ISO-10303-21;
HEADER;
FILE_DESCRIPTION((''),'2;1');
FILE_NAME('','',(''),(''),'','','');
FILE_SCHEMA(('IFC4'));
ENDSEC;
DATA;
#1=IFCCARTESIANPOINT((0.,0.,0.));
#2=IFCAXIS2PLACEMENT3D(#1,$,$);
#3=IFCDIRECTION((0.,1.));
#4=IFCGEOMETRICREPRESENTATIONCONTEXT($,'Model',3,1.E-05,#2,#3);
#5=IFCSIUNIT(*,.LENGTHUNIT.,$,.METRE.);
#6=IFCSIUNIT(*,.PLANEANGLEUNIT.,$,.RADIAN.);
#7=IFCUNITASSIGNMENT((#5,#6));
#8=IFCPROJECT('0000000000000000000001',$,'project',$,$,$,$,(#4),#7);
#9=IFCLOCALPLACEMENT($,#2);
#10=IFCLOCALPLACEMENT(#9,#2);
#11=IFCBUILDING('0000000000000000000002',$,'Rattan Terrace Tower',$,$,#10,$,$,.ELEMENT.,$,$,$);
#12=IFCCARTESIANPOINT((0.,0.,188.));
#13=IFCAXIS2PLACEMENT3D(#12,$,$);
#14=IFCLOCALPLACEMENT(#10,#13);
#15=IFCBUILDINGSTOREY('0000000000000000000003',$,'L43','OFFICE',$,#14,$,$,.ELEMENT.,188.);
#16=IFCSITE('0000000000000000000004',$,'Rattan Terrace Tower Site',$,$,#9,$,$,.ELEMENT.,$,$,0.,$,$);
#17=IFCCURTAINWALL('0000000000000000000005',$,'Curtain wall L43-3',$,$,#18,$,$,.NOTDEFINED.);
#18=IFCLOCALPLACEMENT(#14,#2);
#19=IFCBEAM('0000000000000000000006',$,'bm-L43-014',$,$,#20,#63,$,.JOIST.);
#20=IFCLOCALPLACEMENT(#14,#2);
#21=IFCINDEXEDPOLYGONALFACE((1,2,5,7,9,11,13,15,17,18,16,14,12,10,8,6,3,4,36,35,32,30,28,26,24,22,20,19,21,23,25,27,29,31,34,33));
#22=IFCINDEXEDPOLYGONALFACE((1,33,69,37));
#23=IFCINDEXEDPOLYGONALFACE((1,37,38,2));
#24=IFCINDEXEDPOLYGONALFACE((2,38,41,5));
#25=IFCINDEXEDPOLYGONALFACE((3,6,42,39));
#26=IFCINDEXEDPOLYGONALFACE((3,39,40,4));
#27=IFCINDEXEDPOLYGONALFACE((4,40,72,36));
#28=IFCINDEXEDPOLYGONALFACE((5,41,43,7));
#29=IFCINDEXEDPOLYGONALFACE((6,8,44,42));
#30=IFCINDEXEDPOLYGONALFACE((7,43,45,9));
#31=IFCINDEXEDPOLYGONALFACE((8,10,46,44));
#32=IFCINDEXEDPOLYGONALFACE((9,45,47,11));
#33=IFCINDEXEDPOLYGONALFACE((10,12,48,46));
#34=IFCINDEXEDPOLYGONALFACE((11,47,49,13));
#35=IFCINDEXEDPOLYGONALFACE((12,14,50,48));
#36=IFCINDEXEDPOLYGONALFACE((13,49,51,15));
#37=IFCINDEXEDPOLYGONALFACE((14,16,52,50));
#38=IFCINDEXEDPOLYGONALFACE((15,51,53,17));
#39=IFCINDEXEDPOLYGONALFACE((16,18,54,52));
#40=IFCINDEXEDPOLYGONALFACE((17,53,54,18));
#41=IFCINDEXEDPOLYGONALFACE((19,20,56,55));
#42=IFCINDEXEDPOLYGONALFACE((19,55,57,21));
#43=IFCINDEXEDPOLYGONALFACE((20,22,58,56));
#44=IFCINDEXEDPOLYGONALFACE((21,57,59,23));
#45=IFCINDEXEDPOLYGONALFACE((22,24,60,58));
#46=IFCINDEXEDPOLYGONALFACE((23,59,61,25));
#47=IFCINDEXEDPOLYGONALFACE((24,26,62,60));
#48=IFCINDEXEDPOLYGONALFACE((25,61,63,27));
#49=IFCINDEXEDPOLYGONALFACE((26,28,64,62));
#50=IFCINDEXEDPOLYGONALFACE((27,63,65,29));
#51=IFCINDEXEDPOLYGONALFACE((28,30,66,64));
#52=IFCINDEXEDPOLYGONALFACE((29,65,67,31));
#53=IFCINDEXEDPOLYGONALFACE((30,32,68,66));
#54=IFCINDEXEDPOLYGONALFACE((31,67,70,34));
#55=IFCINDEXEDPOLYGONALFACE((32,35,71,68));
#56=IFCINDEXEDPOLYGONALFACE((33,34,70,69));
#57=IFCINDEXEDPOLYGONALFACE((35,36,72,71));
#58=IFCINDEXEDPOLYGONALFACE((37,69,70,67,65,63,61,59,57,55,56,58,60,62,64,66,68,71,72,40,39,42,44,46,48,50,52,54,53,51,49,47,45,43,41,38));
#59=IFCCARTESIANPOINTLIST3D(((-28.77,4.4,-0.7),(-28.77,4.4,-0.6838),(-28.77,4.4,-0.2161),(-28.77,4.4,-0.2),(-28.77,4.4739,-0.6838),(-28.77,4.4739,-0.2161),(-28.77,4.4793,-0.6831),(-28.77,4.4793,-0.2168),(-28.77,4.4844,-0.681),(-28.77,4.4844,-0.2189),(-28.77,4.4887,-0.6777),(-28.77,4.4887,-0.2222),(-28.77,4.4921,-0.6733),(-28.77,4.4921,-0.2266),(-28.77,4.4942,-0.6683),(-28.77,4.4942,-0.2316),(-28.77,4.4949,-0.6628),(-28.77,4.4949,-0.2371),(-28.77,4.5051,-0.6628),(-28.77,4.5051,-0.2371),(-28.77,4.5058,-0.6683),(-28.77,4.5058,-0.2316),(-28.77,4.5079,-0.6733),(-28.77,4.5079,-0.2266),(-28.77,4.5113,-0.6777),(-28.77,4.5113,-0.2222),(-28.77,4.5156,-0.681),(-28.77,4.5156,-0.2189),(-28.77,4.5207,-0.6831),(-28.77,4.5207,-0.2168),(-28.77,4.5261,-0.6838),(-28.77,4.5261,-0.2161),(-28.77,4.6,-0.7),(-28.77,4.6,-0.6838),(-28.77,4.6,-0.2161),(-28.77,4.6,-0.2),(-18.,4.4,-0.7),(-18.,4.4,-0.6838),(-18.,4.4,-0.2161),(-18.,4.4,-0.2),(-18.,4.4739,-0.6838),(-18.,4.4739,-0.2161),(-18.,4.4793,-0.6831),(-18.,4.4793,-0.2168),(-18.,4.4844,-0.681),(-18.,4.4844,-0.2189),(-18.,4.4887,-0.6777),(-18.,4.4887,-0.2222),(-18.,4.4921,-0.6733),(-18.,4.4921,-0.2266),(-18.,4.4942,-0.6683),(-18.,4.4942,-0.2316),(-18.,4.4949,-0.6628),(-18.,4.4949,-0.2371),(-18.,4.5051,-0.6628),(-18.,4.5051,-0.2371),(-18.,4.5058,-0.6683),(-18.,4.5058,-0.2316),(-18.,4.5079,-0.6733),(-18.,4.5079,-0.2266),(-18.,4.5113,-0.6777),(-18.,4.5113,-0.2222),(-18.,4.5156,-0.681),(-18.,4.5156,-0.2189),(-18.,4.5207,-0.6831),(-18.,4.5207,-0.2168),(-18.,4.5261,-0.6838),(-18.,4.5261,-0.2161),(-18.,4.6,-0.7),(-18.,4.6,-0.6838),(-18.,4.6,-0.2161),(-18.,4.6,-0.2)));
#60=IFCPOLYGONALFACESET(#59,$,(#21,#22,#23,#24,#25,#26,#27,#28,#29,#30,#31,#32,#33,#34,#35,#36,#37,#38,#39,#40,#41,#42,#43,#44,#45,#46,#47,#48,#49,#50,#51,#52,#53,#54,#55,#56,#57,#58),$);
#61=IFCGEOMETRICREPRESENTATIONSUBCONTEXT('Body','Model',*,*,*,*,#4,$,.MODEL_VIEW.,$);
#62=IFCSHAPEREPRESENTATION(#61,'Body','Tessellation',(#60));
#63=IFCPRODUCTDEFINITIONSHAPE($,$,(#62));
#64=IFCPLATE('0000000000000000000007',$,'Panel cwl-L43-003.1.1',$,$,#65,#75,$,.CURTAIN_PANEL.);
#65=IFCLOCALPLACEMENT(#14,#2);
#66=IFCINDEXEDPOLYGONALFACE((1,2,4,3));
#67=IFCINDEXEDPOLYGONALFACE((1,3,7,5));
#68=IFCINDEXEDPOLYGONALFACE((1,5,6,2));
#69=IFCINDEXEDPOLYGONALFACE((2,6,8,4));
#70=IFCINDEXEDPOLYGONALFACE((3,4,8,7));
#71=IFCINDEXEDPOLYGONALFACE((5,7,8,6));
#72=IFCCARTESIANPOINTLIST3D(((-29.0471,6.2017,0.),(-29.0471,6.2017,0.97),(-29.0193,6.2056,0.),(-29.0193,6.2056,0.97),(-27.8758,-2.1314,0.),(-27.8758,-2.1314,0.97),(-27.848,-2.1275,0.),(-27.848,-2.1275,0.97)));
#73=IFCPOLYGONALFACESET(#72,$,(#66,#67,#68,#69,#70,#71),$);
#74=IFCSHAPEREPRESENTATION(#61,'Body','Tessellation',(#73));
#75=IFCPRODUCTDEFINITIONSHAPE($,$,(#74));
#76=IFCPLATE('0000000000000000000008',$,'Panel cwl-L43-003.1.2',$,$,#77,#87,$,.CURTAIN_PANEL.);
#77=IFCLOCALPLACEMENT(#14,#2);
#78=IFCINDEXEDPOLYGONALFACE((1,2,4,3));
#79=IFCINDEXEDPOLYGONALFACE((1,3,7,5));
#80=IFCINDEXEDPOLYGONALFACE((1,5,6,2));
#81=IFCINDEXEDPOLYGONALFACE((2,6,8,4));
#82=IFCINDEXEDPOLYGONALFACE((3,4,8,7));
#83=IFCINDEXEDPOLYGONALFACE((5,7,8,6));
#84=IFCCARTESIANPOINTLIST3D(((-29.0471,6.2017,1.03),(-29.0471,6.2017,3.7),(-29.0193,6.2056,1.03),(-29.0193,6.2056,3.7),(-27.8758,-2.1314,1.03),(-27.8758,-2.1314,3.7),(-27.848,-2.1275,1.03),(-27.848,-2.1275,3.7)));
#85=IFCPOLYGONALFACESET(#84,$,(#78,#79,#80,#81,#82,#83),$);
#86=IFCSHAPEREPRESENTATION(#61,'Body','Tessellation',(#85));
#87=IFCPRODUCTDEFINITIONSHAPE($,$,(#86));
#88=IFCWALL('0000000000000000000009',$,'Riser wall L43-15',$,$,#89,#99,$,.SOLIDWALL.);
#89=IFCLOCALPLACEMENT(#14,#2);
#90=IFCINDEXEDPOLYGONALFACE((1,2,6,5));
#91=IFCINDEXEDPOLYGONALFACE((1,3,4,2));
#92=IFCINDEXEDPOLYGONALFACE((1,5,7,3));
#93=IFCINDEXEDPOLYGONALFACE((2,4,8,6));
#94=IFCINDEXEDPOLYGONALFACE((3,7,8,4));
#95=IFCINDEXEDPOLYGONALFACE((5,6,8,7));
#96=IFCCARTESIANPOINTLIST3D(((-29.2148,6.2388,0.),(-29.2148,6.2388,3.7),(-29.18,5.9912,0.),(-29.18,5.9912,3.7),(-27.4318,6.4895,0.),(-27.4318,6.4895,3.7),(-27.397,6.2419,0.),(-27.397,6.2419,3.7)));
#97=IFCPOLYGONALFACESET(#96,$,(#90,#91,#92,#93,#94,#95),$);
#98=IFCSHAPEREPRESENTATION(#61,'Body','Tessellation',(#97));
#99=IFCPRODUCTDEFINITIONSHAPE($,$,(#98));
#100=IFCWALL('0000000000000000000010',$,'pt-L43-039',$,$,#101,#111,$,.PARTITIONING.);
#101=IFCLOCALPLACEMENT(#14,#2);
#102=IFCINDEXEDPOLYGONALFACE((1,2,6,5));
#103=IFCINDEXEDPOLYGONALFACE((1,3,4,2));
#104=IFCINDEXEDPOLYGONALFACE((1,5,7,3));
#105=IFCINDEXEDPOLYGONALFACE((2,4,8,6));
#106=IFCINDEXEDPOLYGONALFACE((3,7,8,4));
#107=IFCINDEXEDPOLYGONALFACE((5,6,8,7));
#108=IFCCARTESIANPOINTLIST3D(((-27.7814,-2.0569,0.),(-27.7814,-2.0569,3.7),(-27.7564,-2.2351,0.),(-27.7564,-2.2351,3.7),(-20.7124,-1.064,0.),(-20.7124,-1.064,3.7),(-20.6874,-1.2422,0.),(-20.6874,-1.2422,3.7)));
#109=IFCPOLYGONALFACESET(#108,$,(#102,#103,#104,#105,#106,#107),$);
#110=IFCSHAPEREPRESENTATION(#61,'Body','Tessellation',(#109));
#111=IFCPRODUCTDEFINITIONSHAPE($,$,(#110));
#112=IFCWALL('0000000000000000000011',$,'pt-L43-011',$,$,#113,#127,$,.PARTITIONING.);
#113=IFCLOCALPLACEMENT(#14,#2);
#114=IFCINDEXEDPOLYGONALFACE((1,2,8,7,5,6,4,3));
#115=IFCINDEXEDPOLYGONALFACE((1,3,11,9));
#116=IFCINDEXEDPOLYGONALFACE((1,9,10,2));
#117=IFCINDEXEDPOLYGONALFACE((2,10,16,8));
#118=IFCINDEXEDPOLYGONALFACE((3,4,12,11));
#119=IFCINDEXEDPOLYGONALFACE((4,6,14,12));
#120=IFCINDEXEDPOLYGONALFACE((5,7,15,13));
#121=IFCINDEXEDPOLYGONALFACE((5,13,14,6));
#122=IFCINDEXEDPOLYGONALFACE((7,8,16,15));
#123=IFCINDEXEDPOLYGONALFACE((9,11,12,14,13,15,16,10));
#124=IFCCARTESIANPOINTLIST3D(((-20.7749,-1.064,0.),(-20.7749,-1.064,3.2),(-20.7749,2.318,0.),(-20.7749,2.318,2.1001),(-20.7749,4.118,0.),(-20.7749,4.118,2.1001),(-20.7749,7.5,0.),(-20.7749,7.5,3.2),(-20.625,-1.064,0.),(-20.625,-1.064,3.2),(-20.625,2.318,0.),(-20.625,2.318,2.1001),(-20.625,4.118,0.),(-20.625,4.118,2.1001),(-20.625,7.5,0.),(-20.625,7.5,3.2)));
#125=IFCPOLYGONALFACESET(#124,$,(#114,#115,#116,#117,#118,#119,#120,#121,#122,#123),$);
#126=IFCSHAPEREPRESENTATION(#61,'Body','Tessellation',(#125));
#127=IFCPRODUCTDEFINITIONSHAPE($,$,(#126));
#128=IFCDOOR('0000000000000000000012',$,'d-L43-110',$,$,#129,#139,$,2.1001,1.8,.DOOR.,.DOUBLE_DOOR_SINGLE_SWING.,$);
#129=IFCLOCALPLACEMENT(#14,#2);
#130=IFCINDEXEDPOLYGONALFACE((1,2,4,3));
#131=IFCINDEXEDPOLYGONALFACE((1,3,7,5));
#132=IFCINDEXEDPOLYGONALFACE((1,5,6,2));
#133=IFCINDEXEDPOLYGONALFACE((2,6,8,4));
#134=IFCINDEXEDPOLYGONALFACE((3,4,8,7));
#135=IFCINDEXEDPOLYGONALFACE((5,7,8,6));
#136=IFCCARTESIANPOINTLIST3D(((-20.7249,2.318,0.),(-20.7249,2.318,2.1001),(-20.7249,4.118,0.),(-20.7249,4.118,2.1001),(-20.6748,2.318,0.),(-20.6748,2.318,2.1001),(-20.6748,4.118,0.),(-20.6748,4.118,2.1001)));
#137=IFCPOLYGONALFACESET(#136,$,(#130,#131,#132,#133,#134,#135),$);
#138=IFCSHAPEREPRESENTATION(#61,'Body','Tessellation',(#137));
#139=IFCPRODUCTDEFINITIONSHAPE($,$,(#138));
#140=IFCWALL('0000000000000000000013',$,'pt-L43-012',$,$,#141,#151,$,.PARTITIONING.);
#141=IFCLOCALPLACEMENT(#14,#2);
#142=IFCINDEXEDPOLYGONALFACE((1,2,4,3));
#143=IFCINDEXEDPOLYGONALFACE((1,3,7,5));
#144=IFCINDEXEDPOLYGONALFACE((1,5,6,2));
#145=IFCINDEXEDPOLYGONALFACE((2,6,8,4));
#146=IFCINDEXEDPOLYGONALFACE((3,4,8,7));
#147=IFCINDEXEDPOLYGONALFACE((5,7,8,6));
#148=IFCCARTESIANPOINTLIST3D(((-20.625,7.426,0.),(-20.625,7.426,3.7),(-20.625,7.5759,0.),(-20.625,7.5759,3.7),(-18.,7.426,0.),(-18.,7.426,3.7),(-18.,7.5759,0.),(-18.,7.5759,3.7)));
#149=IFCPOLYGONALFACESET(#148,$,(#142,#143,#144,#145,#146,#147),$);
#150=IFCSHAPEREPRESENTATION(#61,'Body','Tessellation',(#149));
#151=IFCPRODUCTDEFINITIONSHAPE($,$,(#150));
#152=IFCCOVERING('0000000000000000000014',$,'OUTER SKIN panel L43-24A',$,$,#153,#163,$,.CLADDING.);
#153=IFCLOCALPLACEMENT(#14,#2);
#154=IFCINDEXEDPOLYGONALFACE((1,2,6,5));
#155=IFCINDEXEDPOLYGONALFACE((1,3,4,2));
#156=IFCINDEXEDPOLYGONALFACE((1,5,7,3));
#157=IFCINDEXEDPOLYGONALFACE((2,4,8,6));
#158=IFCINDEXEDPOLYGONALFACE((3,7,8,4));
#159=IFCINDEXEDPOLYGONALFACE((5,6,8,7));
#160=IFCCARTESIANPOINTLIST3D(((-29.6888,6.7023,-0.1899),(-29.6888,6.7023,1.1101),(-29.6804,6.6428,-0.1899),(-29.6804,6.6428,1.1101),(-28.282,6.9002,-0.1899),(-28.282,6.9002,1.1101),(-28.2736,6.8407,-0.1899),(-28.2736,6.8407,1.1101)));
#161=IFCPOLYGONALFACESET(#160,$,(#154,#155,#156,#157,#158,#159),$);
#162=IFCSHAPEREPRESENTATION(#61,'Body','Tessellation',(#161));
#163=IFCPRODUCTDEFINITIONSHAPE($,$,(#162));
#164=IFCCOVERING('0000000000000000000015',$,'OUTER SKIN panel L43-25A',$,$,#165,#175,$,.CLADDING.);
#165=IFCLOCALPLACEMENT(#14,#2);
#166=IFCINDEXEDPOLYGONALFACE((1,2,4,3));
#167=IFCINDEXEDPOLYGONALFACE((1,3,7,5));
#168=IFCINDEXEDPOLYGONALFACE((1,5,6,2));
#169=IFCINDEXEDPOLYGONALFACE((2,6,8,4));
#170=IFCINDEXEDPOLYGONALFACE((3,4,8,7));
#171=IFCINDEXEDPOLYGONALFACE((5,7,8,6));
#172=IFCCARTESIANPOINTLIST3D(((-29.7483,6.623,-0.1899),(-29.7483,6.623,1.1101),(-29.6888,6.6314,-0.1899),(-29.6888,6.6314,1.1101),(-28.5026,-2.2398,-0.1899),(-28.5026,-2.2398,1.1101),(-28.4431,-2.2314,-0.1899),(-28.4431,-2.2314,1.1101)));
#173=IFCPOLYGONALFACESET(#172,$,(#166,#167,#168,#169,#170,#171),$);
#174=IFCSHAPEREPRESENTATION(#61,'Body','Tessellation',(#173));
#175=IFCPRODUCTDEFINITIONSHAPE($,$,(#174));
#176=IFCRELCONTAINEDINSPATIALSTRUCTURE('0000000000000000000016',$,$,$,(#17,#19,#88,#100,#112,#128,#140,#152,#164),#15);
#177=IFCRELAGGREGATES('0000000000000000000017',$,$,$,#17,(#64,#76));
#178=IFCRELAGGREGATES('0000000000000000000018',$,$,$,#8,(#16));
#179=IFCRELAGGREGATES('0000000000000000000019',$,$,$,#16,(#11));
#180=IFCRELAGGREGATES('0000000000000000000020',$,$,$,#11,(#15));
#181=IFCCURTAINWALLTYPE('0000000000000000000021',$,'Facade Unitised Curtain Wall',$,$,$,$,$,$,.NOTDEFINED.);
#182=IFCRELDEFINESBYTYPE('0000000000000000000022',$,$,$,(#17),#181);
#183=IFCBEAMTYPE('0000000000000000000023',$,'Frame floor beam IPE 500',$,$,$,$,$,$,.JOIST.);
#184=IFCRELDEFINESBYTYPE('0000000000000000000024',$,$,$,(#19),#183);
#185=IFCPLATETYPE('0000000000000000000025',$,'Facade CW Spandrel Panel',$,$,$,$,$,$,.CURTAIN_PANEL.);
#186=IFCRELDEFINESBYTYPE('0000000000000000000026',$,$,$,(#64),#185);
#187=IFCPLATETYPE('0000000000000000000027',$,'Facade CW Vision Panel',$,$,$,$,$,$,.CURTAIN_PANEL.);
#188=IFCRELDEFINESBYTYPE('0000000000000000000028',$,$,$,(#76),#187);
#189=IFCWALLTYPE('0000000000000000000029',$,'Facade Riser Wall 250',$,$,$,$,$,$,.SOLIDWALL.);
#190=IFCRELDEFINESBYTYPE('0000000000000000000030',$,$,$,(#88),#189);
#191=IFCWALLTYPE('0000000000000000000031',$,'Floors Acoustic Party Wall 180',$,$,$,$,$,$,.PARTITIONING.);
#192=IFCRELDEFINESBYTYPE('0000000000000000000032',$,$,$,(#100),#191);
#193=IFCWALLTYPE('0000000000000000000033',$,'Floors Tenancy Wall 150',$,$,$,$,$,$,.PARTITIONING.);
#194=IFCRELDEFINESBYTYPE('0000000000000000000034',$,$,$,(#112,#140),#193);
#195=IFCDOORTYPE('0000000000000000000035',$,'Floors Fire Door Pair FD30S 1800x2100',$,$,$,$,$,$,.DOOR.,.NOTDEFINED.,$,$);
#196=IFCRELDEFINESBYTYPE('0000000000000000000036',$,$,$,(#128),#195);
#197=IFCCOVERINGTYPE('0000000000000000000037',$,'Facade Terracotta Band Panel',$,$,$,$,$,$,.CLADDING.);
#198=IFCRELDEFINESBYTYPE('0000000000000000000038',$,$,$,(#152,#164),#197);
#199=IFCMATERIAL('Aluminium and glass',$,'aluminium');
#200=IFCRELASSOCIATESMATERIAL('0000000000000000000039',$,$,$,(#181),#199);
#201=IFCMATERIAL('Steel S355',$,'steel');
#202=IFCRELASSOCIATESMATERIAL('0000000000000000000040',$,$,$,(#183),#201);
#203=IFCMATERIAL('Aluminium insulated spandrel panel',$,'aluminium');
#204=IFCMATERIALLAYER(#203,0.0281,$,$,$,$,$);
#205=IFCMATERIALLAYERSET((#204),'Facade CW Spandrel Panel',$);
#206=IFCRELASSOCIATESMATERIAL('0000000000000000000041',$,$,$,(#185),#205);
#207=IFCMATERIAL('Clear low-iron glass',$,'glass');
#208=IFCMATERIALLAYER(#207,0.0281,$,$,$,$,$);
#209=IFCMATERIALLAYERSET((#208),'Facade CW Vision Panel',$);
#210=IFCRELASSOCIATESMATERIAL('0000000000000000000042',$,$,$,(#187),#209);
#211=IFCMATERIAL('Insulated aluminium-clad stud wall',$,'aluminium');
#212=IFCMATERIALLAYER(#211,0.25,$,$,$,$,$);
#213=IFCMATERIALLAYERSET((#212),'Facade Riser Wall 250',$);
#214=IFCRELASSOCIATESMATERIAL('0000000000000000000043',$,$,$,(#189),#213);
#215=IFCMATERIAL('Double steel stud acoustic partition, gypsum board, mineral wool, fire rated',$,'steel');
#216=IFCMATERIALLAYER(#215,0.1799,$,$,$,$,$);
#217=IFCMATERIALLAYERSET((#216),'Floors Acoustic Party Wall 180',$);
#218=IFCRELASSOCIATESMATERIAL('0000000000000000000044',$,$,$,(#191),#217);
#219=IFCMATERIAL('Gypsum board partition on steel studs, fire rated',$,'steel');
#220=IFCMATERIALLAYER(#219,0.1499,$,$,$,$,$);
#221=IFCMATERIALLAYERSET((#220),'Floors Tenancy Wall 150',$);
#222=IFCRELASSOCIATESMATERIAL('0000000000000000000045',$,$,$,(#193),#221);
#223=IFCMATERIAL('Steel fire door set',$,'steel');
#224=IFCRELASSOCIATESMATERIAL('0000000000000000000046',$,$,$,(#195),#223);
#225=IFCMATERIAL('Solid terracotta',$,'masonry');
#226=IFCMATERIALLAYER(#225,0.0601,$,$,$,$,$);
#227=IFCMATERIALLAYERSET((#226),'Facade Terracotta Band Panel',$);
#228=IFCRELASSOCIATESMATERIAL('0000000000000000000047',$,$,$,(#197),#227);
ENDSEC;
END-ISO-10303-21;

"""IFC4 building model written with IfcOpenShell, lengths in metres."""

from ifc_helpers import new_model, si_unit, direction, frame, frame_2d, origin, origin_2d, place, context, subcontext, project, spatial, rectangle, i_section, extrude, material, layer, layer_set, material_profile, profile_set, type_object, element, fill, aggregate, save


model = new_model("IFC4")

# Units and contexts
model_context = context("Model", 3, precision=1e-05, world=origin(), true_north=direction((0.0, 1.0)))
body_context = subcontext(model_context, "Body", "Model", "MODEL_VIEW")
ifc_project = project(units=[si_unit("LENGTHUNIT", "METRE"), si_unit("PLANEANGLEUNIT", "RADIAN")], contexts=[model_context])

# Site, building, storey
site_placement = place(None, origin())
site = spatial("IfcSite", under=ifc_project, at=site_placement, Name="Rattan Terrace Tower Site", CompositionType="ELEMENT", RefElevation=0.0)
building_placement = place(site_placement, origin())
building = spatial("IfcBuilding", under=site, at=building_placement, Name="Rattan Terrace Tower", CompositionType="ELEMENT")
storey_placement = place(building_placement, frame((0.0, 0.0, 188.0)))
storey = spatial("IfcBuildingStorey", under=building, at=storey_placement, Name="L43", Description="OFFICE", CompositionType="ELEMENT", Elevation=188.0)

# Curtain wall
ifc_material_1 = material(Name="Aluminium and glass", Category="aluminium")
curtain_wall_type = type_object("IfcCurtainWallType", Name="Facade Unitised Curtain Wall", PredefinedType="NOTDEFINED", material=ifc_material_1)
curtain_wall_placement = place(storey_placement, origin())
curtain_wall = element("IfcCurtainWall", 1, at=curtain_wall_placement, inside=storey, type_object=curtain_wall_type, Name="Curtain wall L43-3", PredefinedType="NOTDEFINED")

# Beam
ifc_material_2 = material(Name="Steel S355", Category="steel")
ifc_material_profile_1 = material_profile(ifc_material_2, i_section(OverallWidth=0.2, OverallDepth=0.5, WebThickness=0.0103, FlangeThickness=0.0161, FilletRadius=0.021, at=origin_2d()), Name="IPE 500")
ifc_profile_set_1 = profile_set([ifc_material_profile_1], Name="Steel S355")
beam_type_1 = type_object("IfcBeamType", Name="Frame floor beam IPE 500", PredefinedType="JOIST", material=ifc_profile_set_1)
beam_1_placement = place(storey_placement, frame((-28.77, 4.5, -0.45), z_axis=(1.0, 0.0, 0.0), x_axis=(0.0, 1.0, 0.0)))
element("IfcBeam", 2, at=beam_1_placement, inside=storey, type_object=beam_type_1, Name="bm-L43-014", PredefinedType="JOIST", context=body_context, shape_type="SweptSolid", body=[
    extrude(i_section(OverallWidth=0.2, OverallDepth=0.5, WebThickness=0.0103, FlangeThickness=0.0161, FilletRadius=0.021, at=origin_2d()), origin(), (0.0, 0.0, 1.0), 10.77),
])

# Plates
ifc_material_3 = material(Name="Aluminium insulated spandrel panel", Category="aluminium")
ifc_layer_1 = layer(ifc_material_3, 0.0281)
ifc_layer_set_1 = layer_set([ifc_layer_1], Name="Facade CW Spandrel Panel")
plate_type_1 = type_object("IfcPlateType", Name="Facade CW Spandrel Panel", PredefinedType="CURTAIN_PANEL", material=ifc_layer_set_1)
plate_1_placement = place(storey_placement, frame((-28.4475, 2.0371, 0.0), z_axis=(0.0, 0.0, 1.0), x_axis=(0.139191, -0.990266, 0.0)))
plate_1 = element("IfcPlate", 3, at=plate_1_placement, type_object=plate_type_1, Name="Panel cwl-L43-003.1.1", PredefinedType="CURTAIN_PANEL", context=body_context, shape_type="SweptSolid", body=[
    extrude(rectangle(XDim=8.415, YDim=0.0281, at=origin_2d()), origin(), (0.0, 0.0, 1.0), 0.97),
])
ifc_material_4 = material(Name="Clear low-iron glass", Category="glass")
ifc_layer_2 = layer(ifc_material_4, 0.0281)
ifc_layer_set_2 = layer_set([ifc_layer_2], Name="Facade CW Vision Panel")
plate_type_2 = type_object("IfcPlateType", Name="Facade CW Vision Panel", PredefinedType="CURTAIN_PANEL", material=ifc_layer_set_2)
plate_2_placement = place(storey_placement, frame((-28.4475, 2.0371, 1.03), z_axis=(0.0, 0.0, 1.0), x_axis=(0.139191, -0.990266, 0.0)))
plate_2 = element("IfcPlate", 4, at=plate_2_placement, type_object=plate_type_2, Name="Panel cwl-L43-003.1.2", PredefinedType="CURTAIN_PANEL", context=body_context, shape_type="SweptSolid", body=[
    extrude(rectangle(XDim=8.415, YDim=0.0281, at=origin_2d()), origin(), (0.0, 0.0, 1.0), 2.6699),
])
aggregate(curtain_wall, [plate_1, plate_2])

# Walls
ifc_material_5 = material(Name="Insulated aluminium-clad stud wall", Category="aluminium")
ifc_layer_3 = layer(ifc_material_5, 0.25)
ifc_layer_set_3 = layer_set([ifc_layer_3], Name="Facade Riser Wall 250")
wall_type_1 = type_object("IfcWallType", Name="Facade Riser Wall 250", PredefinedType="SOLIDWALL", material=ifc_layer_set_3)
wall_1_placement = place(storey_placement, frame((-27.4143, 6.3657, 0.0), z_axis=(0.0, 0.0, 1.0), x_axis=(-0.990256, -0.139257, 0.0)))
element("IfcWall", 5, at=wall_1_placement, inside=storey, type_object=wall_type_1, Name="Riser wall L43-15", PredefinedType="SOLIDWALL", context=body_context, shape_type="SweptSolid", body=[
    extrude(rectangle(XDim=1.8005, YDim=0.25, at=frame_2d((0.9004, 0.0))), origin(), (0.0, 0.0, 1.0), 3.7),
])
ifc_material_6 = material(Name="Double steel stud acoustic partition, gypsum board, mineral wool, fire rated", Category="steel")
ifc_layer_4 = layer(ifc_material_6, 0.1799)
ifc_layer_set_4 = layer_set([ifc_layer_4], Name="Floors Acoustic Party Wall 180")
wall_type_2 = type_object("IfcWallType", Name="Floors Acoustic Party Wall 180", PredefinedType="PARTITIONING", material=ifc_layer_set_4)
wall_2_placement = place(storey_placement, frame((-27.769, -2.146, 0.0), z_axis=(0.0, 0.0, 1.0), x_axis=(0.990279, 0.139094, 0.0)))
element("IfcWall", 6, at=wall_2_placement, inside=storey, type_object=wall_type_2, Name="pt-L43-039", PredefinedType="PARTITIONING", context=body_context, shape_type="SweptSolid", body=[
    extrude(rectangle(XDim=7.1384, YDim=0.1799, at=frame_2d((3.5693, 0.0))), origin(), (0.0, 0.0, 1.0), 3.7),
])

# Wall, opening, door
ifc_material_7 = material(Name="Gypsum board partition on steel studs, fire rated", Category="steel")
ifc_layer_5 = layer(ifc_material_7, 0.1499)
ifc_layer_set_5 = layer_set([ifc_layer_5], Name="Floors Tenancy Wall 150")
wall_type_3 = type_object("IfcWallType", Name="Floors Tenancy Wall 150", PredefinedType="PARTITIONING", material=ifc_layer_set_5)
wall_3_placement = place(storey_placement, frame((-20.7, -1.064, 0.0), z_axis=(0.0, 0.0, 1.0), x_axis=(0.0, 1.0, 0.0)))
wall_3 = element("IfcWall", 7, at=wall_3_placement, inside=storey, type_object=wall_type_3, Name="pt-L43-011", PredefinedType="PARTITIONING", context=body_context, shape_type="SweptSolid", body=[
    extrude(rectangle(XDim=8.564, YDim=0.1499, at=frame_2d((4.282, 0.0))), origin(), (0.0, 0.0, 1.0), 3.2),
])
opening_placement = place(wall_3_placement, frame((3.3821, 0.0, 0.0)))
opening = element("IfcOpeningElement", 8, at=opening_placement, cuts=wall_3, PredefinedType="OPENING", context=body_context, shape_type="SweptSolid", body=[
    extrude(rectangle(XDim=1.8, YDim=2.1001, at=frame_2d((0.8999, 1.05))), frame((0.0, 0.0854, 0.0), z_axis=(0.0, -1.0, 0.0), x_axis=(1.0, 0.0, 0.0)), (0.0, 0.0, 1.0), 0.1709),
])
ifc_material_8 = material(Name="Steel fire door set", Category="steel")
door_type = type_object("IfcDoorType", Name="Floors Fire Door Pair FD30S 1800x2100", OperationType="NOTDEFINED", PredefinedType="DOOR", material=ifc_material_8)
door_placement = place(opening_placement, origin())
door = element("IfcDoor", 9, at=door_placement, inside=storey, type_object=door_type, Name="d-L43-110", OperationType="DOUBLE_DOOR_SINGLE_SWING", OverallHeight=2.1001, OverallWidth=1.8, PredefinedType="DOOR", context=body_context, shape_type="SweptSolid", body=[
    extrude(rectangle(XDim=1.8, YDim=2.1001, at=frame_2d((0.8999, 1.05))), frame((0.0, 0.0249, 0.0), z_axis=(0.0, -1.0, 0.0), x_axis=(1.0, 0.0, 0.0)), (0.0, 0.0, 1.0), 0.05),
])
fill(opening, door)

# Wall
wall_4_placement = place(storey_placement, frame((-20.625, 7.501, 0.0), z_axis=(0.0, 0.0, 1.0), x_axis=(1.0, 0.0, 0.0)))
element("IfcWall", 10, at=wall_4_placement, inside=storey, type_object=wall_type_3, Name="pt-L43-012", PredefinedType="PARTITIONING", context=body_context, shape_type="SweptSolid", body=[
    extrude(rectangle(XDim=2.625, YDim=0.1499, at=frame_2d((1.3125, 0.0))), origin(), (0.0, 0.0, 1.0), 3.7),
])

# Coverings
ifc_material_9 = material(Name="Solid terracotta", Category="masonry")
ifc_layer_6 = layer(ifc_material_9, 0.0601)
ifc_layer_set_6 = layer_set([ifc_layer_6], Name="Facade Terracotta Band Panel")
covering_type_1 = type_object("IfcCoveringType", Name="Facade Terracotta Band Panel", PredefinedType="CLADDING", material=ifc_layer_set_6)
covering_1_placement = place(storey_placement, frame((-28.9812, 6.7715, -0.1899), z_axis=(0.0, 0.0, 1.0), x_axis=(-0.990254, -0.139275, 0.0)))
element("IfcCovering", 11, at=covering_1_placement, inside=storey, type_object=covering_type_1, Name="OUTER SKIN panel L43-24A", PredefinedType="CLADDING", context=body_context, shape_type="SweptSolid", body=[
    extrude(rectangle(XDim=1.4207, YDim=0.0601, at=origin_2d()), origin(), (0.0, 0.0, 1.0), 1.3),
])
covering_2_placement = place(storey_placement, frame((-29.0957, 2.1958, -0.1899), z_axis=(0.0, 0.0, 1.0), x_axis=(0.139191, -0.990266, 0.0)))
element("IfcCovering", 12, at=covering_2_placement, inside=storey, type_object=covering_type_1, Name="OUTER SKIN panel L43-25A", PredefinedType="CLADDING", context=body_context, shape_type="SweptSolid", body=[
    extrude(rectangle(XDim=8.95, YDim=0.0601, at=origin_2d()), origin(), (0.0, 0.0, 1.0), 1.3),
])

save(model, "model.ifc")
